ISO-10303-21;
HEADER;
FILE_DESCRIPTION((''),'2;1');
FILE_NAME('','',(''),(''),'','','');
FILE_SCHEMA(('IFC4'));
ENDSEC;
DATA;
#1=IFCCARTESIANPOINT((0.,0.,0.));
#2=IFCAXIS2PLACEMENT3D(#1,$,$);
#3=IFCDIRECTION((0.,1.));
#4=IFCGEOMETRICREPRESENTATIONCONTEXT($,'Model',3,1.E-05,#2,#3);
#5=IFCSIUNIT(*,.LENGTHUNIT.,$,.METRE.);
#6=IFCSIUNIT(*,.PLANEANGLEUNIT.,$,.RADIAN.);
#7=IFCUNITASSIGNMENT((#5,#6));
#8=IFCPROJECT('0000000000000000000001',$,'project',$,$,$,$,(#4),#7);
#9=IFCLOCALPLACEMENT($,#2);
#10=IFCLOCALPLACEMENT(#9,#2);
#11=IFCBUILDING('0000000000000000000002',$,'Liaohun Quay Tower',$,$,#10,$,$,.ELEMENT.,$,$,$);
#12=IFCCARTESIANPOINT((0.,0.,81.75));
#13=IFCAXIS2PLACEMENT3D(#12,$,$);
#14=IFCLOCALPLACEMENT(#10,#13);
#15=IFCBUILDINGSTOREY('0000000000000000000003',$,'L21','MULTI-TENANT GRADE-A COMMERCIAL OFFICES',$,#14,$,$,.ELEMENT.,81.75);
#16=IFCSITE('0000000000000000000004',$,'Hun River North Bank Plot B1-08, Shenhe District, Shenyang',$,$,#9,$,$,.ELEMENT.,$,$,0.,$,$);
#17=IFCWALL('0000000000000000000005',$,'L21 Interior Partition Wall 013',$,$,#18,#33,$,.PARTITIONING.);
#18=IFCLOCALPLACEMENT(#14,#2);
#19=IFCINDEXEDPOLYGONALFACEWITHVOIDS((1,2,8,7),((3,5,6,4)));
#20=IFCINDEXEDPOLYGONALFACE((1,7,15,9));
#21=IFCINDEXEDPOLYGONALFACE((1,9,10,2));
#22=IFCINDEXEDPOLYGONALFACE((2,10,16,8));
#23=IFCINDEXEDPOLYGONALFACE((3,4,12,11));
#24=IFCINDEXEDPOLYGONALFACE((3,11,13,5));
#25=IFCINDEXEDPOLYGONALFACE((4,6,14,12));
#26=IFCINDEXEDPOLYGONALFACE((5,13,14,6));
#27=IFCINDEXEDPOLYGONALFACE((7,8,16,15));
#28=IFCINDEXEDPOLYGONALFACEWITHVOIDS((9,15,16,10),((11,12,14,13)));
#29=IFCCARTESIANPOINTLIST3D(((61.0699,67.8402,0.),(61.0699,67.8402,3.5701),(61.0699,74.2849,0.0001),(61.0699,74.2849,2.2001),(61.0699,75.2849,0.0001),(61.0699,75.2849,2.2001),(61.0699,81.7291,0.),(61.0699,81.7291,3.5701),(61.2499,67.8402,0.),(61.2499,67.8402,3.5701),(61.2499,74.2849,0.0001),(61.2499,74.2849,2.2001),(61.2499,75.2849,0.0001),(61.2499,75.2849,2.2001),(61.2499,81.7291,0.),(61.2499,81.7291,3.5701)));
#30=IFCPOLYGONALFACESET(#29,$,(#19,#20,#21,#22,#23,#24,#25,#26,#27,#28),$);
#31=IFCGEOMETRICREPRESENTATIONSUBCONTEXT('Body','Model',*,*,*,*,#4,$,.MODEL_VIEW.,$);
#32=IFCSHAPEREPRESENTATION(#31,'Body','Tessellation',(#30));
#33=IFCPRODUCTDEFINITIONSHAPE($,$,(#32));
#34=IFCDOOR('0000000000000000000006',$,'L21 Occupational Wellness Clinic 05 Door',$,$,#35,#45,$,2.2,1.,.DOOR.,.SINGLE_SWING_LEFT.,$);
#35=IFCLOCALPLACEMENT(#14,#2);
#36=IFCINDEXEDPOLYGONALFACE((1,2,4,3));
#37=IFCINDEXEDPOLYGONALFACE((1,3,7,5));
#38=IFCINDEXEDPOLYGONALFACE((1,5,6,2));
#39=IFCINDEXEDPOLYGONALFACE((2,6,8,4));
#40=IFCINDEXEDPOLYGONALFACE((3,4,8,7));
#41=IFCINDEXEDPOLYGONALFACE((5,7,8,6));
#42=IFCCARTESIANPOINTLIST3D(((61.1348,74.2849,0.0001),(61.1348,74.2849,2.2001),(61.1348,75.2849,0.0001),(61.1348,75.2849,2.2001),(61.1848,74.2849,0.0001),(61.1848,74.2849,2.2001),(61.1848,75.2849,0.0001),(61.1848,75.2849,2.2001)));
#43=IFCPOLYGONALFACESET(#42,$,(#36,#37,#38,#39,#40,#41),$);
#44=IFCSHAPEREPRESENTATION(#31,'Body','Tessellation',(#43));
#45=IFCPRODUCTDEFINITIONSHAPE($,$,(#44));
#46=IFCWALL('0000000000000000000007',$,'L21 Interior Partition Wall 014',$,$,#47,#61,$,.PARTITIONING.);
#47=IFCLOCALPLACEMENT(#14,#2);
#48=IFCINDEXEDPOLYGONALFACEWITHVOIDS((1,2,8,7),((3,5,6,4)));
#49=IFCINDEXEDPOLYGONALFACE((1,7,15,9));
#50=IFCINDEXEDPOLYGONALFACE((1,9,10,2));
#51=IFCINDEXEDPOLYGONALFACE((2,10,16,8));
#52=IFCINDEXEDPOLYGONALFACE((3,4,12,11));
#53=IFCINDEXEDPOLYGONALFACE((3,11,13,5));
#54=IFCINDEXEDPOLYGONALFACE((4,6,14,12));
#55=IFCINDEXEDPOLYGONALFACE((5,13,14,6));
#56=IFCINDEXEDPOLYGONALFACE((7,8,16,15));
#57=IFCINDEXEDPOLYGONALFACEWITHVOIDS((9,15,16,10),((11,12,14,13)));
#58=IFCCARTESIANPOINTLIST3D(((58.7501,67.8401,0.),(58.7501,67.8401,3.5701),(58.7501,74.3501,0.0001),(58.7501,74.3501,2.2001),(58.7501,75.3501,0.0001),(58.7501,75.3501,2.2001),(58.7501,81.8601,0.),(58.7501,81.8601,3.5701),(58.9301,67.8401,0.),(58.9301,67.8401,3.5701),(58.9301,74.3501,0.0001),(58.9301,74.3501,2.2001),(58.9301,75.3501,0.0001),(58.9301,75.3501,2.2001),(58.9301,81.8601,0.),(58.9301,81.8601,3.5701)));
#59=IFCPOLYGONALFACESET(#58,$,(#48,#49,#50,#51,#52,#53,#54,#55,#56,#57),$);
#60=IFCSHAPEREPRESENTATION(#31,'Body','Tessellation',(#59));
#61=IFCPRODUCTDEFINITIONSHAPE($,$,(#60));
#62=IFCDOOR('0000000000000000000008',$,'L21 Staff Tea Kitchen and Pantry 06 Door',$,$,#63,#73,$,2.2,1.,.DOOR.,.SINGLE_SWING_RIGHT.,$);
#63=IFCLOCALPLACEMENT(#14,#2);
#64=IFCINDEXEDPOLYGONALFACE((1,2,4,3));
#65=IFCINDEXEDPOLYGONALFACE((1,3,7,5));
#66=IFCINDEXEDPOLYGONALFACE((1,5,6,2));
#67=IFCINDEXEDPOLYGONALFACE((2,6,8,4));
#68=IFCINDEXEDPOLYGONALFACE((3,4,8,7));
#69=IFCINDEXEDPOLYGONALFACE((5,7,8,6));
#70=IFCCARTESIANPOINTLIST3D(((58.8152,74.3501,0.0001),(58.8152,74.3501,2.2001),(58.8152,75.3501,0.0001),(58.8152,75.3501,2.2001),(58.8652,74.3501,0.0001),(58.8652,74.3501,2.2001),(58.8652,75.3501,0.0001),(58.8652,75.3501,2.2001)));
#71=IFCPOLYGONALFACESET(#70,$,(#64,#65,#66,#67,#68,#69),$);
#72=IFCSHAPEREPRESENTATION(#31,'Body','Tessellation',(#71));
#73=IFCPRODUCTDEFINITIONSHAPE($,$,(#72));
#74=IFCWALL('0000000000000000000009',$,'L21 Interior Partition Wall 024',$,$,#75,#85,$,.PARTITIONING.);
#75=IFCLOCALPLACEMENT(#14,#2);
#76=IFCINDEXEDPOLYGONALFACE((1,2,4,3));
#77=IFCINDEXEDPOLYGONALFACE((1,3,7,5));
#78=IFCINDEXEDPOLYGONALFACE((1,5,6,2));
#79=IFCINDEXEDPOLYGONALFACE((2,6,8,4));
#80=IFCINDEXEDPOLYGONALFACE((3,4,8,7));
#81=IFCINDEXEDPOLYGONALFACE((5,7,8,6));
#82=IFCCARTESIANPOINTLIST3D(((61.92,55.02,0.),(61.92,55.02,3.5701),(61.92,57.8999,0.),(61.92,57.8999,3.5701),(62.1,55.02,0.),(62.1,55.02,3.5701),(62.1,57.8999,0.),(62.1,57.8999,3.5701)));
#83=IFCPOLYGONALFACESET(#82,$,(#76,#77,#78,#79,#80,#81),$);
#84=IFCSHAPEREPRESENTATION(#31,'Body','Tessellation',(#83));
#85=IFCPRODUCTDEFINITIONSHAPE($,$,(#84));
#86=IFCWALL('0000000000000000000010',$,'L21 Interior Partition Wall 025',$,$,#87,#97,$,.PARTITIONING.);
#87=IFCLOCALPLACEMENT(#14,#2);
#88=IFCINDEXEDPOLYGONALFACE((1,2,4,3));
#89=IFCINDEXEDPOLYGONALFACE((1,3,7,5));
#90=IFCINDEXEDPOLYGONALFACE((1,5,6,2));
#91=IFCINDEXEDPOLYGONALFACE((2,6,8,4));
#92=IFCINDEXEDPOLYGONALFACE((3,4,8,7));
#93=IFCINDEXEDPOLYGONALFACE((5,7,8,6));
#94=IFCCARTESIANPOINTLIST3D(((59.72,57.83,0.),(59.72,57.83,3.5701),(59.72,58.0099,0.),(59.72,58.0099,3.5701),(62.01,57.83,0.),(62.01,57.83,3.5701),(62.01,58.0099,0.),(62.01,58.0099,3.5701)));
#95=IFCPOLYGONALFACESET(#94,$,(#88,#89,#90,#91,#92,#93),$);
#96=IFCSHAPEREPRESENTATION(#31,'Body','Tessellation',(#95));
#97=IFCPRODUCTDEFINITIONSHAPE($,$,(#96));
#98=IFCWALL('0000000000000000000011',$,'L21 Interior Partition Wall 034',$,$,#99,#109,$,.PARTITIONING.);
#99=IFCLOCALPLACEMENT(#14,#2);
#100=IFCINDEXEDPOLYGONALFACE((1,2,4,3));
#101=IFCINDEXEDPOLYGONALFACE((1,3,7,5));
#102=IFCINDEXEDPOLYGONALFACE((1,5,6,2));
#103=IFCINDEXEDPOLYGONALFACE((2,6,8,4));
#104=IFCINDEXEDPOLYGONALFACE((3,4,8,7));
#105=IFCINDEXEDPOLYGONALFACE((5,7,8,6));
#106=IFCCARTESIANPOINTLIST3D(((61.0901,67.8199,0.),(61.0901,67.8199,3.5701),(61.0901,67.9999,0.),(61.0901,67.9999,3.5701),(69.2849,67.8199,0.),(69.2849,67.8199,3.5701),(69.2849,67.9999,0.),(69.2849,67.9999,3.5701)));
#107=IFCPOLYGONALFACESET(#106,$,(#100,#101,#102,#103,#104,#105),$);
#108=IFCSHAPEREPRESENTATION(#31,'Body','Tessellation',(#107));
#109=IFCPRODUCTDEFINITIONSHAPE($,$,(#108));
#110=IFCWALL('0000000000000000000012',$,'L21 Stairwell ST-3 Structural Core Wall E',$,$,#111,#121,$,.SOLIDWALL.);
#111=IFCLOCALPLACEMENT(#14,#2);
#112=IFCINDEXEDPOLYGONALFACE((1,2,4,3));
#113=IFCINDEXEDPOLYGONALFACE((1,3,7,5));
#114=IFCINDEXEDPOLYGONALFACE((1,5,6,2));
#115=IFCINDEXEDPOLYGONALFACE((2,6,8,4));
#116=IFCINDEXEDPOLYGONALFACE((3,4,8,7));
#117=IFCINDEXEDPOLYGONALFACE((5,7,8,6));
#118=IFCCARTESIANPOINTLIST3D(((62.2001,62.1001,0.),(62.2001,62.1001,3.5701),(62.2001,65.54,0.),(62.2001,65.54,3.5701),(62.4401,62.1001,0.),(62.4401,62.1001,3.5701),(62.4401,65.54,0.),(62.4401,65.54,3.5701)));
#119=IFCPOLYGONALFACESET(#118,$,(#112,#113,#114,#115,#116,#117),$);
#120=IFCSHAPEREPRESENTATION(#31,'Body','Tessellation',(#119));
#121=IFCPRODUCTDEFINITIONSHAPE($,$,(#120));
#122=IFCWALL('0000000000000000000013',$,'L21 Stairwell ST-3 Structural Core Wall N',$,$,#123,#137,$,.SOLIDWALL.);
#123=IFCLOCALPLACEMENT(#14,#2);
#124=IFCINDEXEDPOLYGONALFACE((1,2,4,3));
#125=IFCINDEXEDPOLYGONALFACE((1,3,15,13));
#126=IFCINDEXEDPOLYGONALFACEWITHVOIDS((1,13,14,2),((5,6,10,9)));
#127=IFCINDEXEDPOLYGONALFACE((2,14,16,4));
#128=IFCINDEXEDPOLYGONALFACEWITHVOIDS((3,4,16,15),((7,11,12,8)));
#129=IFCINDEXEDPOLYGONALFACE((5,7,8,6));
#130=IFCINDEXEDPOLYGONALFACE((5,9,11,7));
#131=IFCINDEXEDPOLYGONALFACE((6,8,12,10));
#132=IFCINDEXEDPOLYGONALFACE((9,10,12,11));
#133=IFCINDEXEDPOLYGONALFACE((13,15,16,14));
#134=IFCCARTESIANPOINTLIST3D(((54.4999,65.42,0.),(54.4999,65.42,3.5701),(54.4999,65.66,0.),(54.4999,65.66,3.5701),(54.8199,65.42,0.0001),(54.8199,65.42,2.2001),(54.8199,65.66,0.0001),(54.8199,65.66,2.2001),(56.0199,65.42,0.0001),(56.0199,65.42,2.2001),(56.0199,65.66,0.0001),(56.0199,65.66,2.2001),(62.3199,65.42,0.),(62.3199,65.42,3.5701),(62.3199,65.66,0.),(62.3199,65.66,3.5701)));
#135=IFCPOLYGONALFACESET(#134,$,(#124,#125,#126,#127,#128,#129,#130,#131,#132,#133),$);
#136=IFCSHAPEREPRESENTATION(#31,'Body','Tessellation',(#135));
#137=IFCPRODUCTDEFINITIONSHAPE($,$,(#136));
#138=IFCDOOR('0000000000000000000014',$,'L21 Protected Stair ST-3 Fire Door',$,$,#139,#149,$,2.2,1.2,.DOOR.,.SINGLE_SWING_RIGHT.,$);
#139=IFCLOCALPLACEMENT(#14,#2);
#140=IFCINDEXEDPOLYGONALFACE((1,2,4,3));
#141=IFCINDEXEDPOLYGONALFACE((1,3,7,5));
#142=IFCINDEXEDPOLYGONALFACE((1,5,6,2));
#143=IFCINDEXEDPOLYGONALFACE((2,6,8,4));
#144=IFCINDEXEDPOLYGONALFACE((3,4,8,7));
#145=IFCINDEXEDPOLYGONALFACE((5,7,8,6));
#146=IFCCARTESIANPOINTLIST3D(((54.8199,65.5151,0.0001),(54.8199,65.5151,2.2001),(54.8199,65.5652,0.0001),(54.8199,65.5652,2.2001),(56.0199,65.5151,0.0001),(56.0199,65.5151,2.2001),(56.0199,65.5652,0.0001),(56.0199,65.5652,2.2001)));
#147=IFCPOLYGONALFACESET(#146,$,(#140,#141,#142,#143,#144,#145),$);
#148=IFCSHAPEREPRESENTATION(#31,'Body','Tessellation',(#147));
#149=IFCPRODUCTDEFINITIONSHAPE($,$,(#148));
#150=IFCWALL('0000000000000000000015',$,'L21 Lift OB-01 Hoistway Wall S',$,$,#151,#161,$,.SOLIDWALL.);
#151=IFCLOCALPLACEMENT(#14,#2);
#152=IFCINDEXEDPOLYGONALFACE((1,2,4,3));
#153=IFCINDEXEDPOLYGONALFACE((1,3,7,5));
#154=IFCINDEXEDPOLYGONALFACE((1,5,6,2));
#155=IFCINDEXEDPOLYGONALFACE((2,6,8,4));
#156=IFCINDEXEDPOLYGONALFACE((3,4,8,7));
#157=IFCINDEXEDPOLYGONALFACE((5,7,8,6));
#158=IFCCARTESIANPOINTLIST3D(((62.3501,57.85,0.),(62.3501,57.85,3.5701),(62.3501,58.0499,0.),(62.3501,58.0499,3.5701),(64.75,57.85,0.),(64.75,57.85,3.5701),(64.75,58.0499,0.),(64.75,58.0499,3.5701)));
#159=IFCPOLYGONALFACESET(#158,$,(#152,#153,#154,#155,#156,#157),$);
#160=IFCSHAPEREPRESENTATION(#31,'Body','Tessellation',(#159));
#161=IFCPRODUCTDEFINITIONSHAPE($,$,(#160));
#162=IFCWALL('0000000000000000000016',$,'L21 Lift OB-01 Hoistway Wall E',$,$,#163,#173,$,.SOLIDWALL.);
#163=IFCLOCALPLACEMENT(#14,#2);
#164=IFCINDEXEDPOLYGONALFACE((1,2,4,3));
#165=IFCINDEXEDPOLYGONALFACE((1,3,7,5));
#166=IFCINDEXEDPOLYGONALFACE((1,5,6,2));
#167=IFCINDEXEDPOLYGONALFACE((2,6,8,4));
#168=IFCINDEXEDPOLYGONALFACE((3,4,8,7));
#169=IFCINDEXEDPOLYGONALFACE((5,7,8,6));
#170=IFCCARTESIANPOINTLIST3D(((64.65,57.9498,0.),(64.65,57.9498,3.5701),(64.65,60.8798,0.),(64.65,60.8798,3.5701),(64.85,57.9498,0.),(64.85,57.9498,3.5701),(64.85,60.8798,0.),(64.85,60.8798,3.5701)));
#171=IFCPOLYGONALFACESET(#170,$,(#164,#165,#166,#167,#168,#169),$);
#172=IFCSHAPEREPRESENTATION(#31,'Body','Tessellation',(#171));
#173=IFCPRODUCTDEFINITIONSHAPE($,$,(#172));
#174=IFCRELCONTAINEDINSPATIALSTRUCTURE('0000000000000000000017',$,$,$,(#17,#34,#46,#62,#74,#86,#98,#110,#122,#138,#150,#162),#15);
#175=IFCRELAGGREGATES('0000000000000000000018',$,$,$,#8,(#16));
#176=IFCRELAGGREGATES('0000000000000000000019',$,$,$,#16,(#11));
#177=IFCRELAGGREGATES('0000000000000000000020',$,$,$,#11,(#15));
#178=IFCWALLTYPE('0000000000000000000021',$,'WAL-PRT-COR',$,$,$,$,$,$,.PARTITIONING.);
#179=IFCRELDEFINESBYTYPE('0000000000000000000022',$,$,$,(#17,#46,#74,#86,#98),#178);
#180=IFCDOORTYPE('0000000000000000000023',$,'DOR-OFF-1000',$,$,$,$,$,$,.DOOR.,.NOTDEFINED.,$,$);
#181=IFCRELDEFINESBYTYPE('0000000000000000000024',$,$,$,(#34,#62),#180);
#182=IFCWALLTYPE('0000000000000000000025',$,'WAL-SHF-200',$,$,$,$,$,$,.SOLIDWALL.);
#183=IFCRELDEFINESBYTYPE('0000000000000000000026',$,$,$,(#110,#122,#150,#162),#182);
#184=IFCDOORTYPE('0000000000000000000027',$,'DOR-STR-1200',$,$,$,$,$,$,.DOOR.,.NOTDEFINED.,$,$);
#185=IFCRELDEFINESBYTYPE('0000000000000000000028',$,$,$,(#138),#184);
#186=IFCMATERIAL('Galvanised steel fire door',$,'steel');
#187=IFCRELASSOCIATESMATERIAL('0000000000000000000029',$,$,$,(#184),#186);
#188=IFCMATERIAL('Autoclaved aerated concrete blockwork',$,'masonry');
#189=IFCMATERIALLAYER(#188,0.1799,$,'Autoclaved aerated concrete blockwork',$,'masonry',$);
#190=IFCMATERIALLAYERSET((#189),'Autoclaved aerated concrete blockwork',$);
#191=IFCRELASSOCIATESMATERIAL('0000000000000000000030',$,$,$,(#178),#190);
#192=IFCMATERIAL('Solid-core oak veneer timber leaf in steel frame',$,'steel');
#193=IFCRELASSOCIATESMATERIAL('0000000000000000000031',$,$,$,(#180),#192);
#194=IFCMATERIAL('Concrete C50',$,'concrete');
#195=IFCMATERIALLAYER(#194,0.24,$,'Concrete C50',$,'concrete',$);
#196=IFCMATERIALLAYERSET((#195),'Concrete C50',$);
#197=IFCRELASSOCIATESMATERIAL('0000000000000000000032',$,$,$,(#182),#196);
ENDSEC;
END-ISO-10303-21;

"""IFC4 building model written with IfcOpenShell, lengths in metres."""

from ifc_helpers import new_model, si_unit, direction, frame, frame_2d, origin, place, context, subcontext, project, spatial, rectangle, extrude, source, transform, mapped, material, layer, layer_set, type_object, element, fill, save


model = new_model("IFC4")

# Units and contexts
model_context = context("Model", 3, precision=1e-05, world=origin(), true_north=direction((0.0, 1.0)))
body_context = subcontext(model_context, "Body", "Model", "MODEL_VIEW")
ifc_project = project(units=[si_unit("LENGTHUNIT", "METRE"), si_unit("PLANEANGLEUNIT", "RADIAN")], contexts=[model_context])

# Site, building, storey
site_placement = place(None, origin())
site = spatial("IfcSite", under=ifc_project, at=site_placement, Name="Hun River North Bank Plot B1-08, Shenhe District, Shenyang", CompositionType="ELEMENT", RefElevation=0.0)
building_placement = place(site_placement, origin())
building = spatial("IfcBuilding", under=site, at=building_placement, Name="Liaohun Quay Tower", CompositionType="ELEMENT")
storey_placement = place(building_placement, frame((0.0, 0.0, 81.75)))
storey = spatial("IfcBuildingStorey", under=building, at=storey_placement, Name="L21", Description="MULTI-TENANT GRADE-A COMMERCIAL OFFICES", CompositionType="ELEMENT", Elevation=81.75)

# Walls, openings, doors
ifc_material_1 = material(Name="Galvanised steel fire door", Category="steel")
door_type_1 = type_object("IfcDoorType", Name="DOR-STR-1200", OperationType="NOTDEFINED", PredefinedType="DOOR", material=ifc_material_1)
shared_shape_1 = source(origin(), body_context, "Body", "SweptSolid", [
    extrude(rectangle(XDim=1.2, YDim=2.2, at=frame_2d((0.6001, 1.1001))), frame((0.0, 0.0249, 0.0), z_axis=(0.0, -1.0, 0.0), x_axis=(1.0, 0.0, 0.0)), (0.0, 0.0, 1.0), 0.05),
])
ifc_material_2 = material(Name="Autoclaved aerated concrete blockwork", Category="masonry")
ifc_layer_1 = layer(ifc_material_2, 0.1799, Name="Autoclaved aerated concrete blockwork", Category="masonry")
ifc_layer_set_1 = layer_set([ifc_layer_1], Name="Autoclaved aerated concrete blockwork")
wall_type_1 = type_object("IfcWallType", Name="WAL-PRT-COR", PredefinedType="PARTITIONING", material=ifc_layer_set_1)
shared_shape_2 = source(origin(), body_context, "Body", "SweptSolid", [
    extrude(rectangle(XDim=1.0, YDim=2.2, at=frame_2d((0.5, 1.1001))), frame((0.0, 0.0999, 0.0), z_axis=(0.0, -1.0, 0.0), x_axis=(1.0, 0.0, 0.0)), (0.0, 0.0, 1.0), 0.2),
])
ifc_material_3 = material(Name="Solid-core oak veneer timber leaf in steel frame", Category="steel")
door_type_2 = type_object("IfcDoorType", Name="DOR-OFF-1000", OperationType="NOTDEFINED", PredefinedType="DOOR", material=ifc_material_3)
shared_shape_3 = source(origin(), body_context, "Body", "SweptSolid", [
    extrude(rectangle(XDim=1.0, YDim=2.2, at=frame_2d((0.5, 1.1001))), frame((0.0, 0.0249, 0.0), z_axis=(0.0, -1.0, 0.0), x_axis=(1.0, 0.0, 0.0)), (0.0, 0.0, 1.0), 0.05),
])
wall_1_placement = place(storey_placement, frame((61.1599, 81.729, 0.0), z_axis=(0.0, 0.0, 1.0), x_axis=(0.0, -1.0, 0.0)))
wall_1 = element("IfcWall", 1, at=wall_1_placement, inside=storey, type_object=wall_type_1, Name="L21 Interior Partition Wall 013", PredefinedType="PARTITIONING", context=body_context, shape_type="SweptSolid", body=[
    extrude(rectangle(XDim=13.8889, YDim=0.1799, at=frame_2d((6.9443, 0.0))), origin(), (0.0, 0.0, 1.0), 3.5701),
])
opening_1_placement = place(wall_1_placement, frame((6.4441, 0.0, 0.0)))
opening_1 = element("IfcOpeningElement", 2, at=opening_1_placement, cuts=wall_1, PredefinedType="OPENING", context=body_context, shape_type="MappedRepresentation", body=[
    mapped(shared_shape_2, transform((0.0, 0.0, 0.0), x_axis=(1.0, 0.0, 0.0), y_axis=(0.0, 1.0, 0.0), z_axis=(0.0, 0.0, 1.0), scale=1.0)),
])
door_1_placement = place(opening_1_placement, origin())
door_1 = element("IfcDoor", 3, at=door_1_placement, inside=storey, type_object=door_type_2, Name="L21 Occupational Wellness Clinic 05 Door", OperationType="SINGLE_SWING_LEFT", OverallHeight=2.2, OverallWidth=1.0, PredefinedType="DOOR", context=body_context, shape_type="MappedRepresentation", body=[
    mapped(shared_shape_3, transform((0.0, 0.0, 0.0), x_axis=(1.0, 0.0, 0.0), y_axis=(0.0, 1.0, 0.0), z_axis=(0.0, 0.0, 1.0), scale=1.0)),
])
fill(opening_1, door_1)
wall_2_placement = place(storey_placement, frame((58.8401, 67.8401, 0.0), z_axis=(0.0, 0.0, 1.0), x_axis=(0.0, 1.0, 0.0)))
wall_2 = element("IfcWall", 4, at=wall_2_placement, inside=storey, type_object=wall_type_1, Name="L21 Interior Partition Wall 014", PredefinedType="PARTITIONING", context=body_context, shape_type="SweptSolid", body=[
    extrude(rectangle(XDim=14.02, YDim=0.1799, at=frame_2d((7.01, 0.0))), origin(), (0.0, 0.0, 1.0), 3.5701),
])
opening_2_placement = place(wall_2_placement, frame((6.51, 0.0, 0.0)))
opening_2 = element("IfcOpeningElement", 5, at=opening_2_placement, cuts=wall_2, PredefinedType="OPENING", context=body_context, shape_type="MappedRepresentation", body=[
    mapped(shared_shape_2, transform((0.0, 0.0, 0.0), x_axis=(1.0, 0.0, 0.0), y_axis=(0.0, 1.0, 0.0), z_axis=(0.0, 0.0, 1.0), scale=1.0)),
])
door_2_placement = place(opening_2_placement, origin())
door_2 = element("IfcDoor", 6, at=door_2_placement, inside=storey, type_object=door_type_2, Name="L21 Staff Tea Kitchen and Pantry 06 Door", OperationType="SINGLE_SWING_RIGHT", OverallHeight=2.2, OverallWidth=1.0, PredefinedType="DOOR", context=body_context, shape_type="MappedRepresentation", body=[
    mapped(shared_shape_3, transform((0.0, 0.0, 0.0), x_axis=(1.0, 0.0, 0.0), y_axis=(0.0, 1.0, 0.0), z_axis=(0.0, 0.0, 1.0), scale=1.0)),
])
fill(opening_2, door_2)

# Walls
wall_3_placement = place(storey_placement, frame((62.01, 55.02, 0.0), z_axis=(0.0, 0.0, 1.0), x_axis=(0.0, 1.0, 0.0)))
element("IfcWall", 7, at=wall_3_placement, inside=storey, type_object=wall_type_1, Name="L21 Interior Partition Wall 024", PredefinedType="PARTITIONING", context=body_context, shape_type="SweptSolid", body=[
    extrude(rectangle(XDim=2.8799, YDim=0.1799, at=frame_2d((1.4399, 0.0))), origin(), (0.0, 0.0, 1.0), 3.5701),
])
wall_4_placement = place(storey_placement, frame((59.72, 57.9199, 0.0), z_axis=(0.0, 0.0, 1.0), x_axis=(1.0, 0.0, 0.0)))
element("IfcWall", 8, at=wall_4_placement, inside=storey, type_object=wall_type_1, Name="L21 Interior Partition Wall 025", PredefinedType="PARTITIONING", context=body_context, shape_type="SweptSolid", body=[
    extrude(rectangle(XDim=2.29, YDim=0.1799, at=frame_2d((1.145, 0.0))), origin(), (0.0, 0.0, 1.0), 3.5701),
])
wall_5_placement = place(storey_placement, frame((61.0901, 67.9099, 0.0), z_axis=(0.0, 0.0, 1.0), x_axis=(1.0, 0.0, 0.0)))
element("IfcWall", 9, at=wall_5_placement, inside=storey, type_object=wall_type_1, Name="L21 Interior Partition Wall 034", PredefinedType="PARTITIONING", context=body_context, shape_type="SweptSolid", body=[
    extrude(rectangle(XDim=8.1948, YDim=0.1799, at=frame_2d((4.0974, 0.0))), origin(), (0.0, 0.0, 1.0), 3.5701),
])
ifc_material_4 = material(Name="Concrete C50", Category="concrete")
ifc_layer_2 = layer(ifc_material_4, 0.24, Name="Concrete C50", Category="concrete")
ifc_layer_set_2 = layer_set([ifc_layer_2], Name="Concrete C50")
wall_type_2 = type_object("IfcWallType", Name="WAL-SHF-200", PredefinedType="SOLIDWALL", material=ifc_layer_set_2)
wall_6_placement = place(storey_placement, frame((62.3201, 62.1001, 0.0), z_axis=(0.0, 0.0, 1.0), x_axis=(0.0, 1.0, 0.0)))
element("IfcWall", 10, at=wall_6_placement, inside=storey, type_object=wall_type_2, Name="L21 Stairwell ST-3 Structural Core Wall E", PredefinedType="SOLIDWALL", context=body_context, shape_type="SweptSolid", body=[
    extrude(rectangle(XDim=3.4399, YDim=0.24, at=frame_2d((1.72, 0.0))), origin(), (0.0, 0.0, 1.0), 3.5701),
])

# Wall, opening, door
wall_7_placement = place(storey_placement, frame((62.3201, 65.54, 0.0), z_axis=(0.0, 0.0, 1.0), x_axis=(-1.0, 0.0, 0.0)))
wall_7 = element("IfcWall", 11, at=wall_7_placement, inside=storey, type_object=wall_type_2, Name="L21 Stairwell ST-3 Structural Core Wall N", PredefinedType="SOLIDWALL", context=body_context, shape_type="SweptSolid", body=[
    extrude(rectangle(XDim=7.8201, YDim=0.24, at=frame_2d((3.9102, 0.0))), origin(), (0.0, 0.0, 1.0), 3.5701),
])
shared_shape_4 = source(origin(), body_context, "Body", "SweptSolid", [
    extrude(rectangle(XDim=1.2, YDim=2.2, at=frame_2d((0.6001, 1.1001))), frame((0.0, 0.1299, 0.0), z_axis=(0.0, -1.0, 0.0), x_axis=(1.0, 0.0, 0.0)), (0.0, 0.0, 1.0), 0.26),
])
opening_3_placement = place(wall_7_placement, frame((6.3, 0.0, 0.0)))
opening_3 = element("IfcOpeningElement", 12, at=opening_3_placement, cuts=wall_7, PredefinedType="OPENING", context=body_context, shape_type="MappedRepresentation", body=[
    mapped(shared_shape_4, transform((0.0, 0.0, 0.0), x_axis=(1.0, 0.0, 0.0), y_axis=(0.0, 1.0, 0.0), z_axis=(0.0, 0.0, 1.0), scale=1.0)),
])
door_3_placement = place(opening_3_placement, origin())
door_3 = element("IfcDoor", 13, at=door_3_placement, inside=storey, type_object=door_type_1, Name="L21 Protected Stair ST-3 Fire Door", OperationType="SINGLE_SWING_RIGHT", OverallHeight=2.2, OverallWidth=1.2, PredefinedType="DOOR", context=body_context, shape_type="MappedRepresentation", body=[
    mapped(shared_shape_1, transform((0.0, 0.0, 0.0), x_axis=(1.0, 0.0, 0.0), y_axis=(0.0, 1.0, 0.0), z_axis=(0.0, 0.0, 1.0), scale=1.0)),
])
fill(opening_3, door_3)

# Walls
wall_8_placement = place(storey_placement, frame((62.3501, 57.95, 0.0), z_axis=(0.0, 0.0, 1.0), x_axis=(1.0, 0.0, 0.0)))
element("IfcWall", 14, at=wall_8_placement, inside=storey, type_object=wall_type_2, Name="L21 Lift OB-01 Hoistway Wall S", PredefinedType="SOLIDWALL", context=body_context, shape_type="SweptSolid", body=[
    extrude(rectangle(XDim=2.3999, YDim=0.2, at=frame_2d((1.2, 0.0))), origin(), (0.0, 0.0, 1.0), 3.5701),
])
wall_9_placement = place(storey_placement, frame((64.75, 57.95, 0.0), z_axis=(0.0, 0.0, 1.0), x_axis=(0.0, 1.0, 0.0)))
element("IfcWall", 15, at=wall_9_placement, inside=storey, type_object=wall_type_2, Name="L21 Lift OB-01 Hoistway Wall E", PredefinedType="SOLIDWALL", context=body_context, shape_type="SweptSolid", body=[
    extrude(rectangle(XDim=2.9299, YDim=0.2, at=frame_2d((1.4648, 0.0))), origin(), (0.0, 0.0, 1.0), 3.5701),
])

save(model, "model.ifc")
